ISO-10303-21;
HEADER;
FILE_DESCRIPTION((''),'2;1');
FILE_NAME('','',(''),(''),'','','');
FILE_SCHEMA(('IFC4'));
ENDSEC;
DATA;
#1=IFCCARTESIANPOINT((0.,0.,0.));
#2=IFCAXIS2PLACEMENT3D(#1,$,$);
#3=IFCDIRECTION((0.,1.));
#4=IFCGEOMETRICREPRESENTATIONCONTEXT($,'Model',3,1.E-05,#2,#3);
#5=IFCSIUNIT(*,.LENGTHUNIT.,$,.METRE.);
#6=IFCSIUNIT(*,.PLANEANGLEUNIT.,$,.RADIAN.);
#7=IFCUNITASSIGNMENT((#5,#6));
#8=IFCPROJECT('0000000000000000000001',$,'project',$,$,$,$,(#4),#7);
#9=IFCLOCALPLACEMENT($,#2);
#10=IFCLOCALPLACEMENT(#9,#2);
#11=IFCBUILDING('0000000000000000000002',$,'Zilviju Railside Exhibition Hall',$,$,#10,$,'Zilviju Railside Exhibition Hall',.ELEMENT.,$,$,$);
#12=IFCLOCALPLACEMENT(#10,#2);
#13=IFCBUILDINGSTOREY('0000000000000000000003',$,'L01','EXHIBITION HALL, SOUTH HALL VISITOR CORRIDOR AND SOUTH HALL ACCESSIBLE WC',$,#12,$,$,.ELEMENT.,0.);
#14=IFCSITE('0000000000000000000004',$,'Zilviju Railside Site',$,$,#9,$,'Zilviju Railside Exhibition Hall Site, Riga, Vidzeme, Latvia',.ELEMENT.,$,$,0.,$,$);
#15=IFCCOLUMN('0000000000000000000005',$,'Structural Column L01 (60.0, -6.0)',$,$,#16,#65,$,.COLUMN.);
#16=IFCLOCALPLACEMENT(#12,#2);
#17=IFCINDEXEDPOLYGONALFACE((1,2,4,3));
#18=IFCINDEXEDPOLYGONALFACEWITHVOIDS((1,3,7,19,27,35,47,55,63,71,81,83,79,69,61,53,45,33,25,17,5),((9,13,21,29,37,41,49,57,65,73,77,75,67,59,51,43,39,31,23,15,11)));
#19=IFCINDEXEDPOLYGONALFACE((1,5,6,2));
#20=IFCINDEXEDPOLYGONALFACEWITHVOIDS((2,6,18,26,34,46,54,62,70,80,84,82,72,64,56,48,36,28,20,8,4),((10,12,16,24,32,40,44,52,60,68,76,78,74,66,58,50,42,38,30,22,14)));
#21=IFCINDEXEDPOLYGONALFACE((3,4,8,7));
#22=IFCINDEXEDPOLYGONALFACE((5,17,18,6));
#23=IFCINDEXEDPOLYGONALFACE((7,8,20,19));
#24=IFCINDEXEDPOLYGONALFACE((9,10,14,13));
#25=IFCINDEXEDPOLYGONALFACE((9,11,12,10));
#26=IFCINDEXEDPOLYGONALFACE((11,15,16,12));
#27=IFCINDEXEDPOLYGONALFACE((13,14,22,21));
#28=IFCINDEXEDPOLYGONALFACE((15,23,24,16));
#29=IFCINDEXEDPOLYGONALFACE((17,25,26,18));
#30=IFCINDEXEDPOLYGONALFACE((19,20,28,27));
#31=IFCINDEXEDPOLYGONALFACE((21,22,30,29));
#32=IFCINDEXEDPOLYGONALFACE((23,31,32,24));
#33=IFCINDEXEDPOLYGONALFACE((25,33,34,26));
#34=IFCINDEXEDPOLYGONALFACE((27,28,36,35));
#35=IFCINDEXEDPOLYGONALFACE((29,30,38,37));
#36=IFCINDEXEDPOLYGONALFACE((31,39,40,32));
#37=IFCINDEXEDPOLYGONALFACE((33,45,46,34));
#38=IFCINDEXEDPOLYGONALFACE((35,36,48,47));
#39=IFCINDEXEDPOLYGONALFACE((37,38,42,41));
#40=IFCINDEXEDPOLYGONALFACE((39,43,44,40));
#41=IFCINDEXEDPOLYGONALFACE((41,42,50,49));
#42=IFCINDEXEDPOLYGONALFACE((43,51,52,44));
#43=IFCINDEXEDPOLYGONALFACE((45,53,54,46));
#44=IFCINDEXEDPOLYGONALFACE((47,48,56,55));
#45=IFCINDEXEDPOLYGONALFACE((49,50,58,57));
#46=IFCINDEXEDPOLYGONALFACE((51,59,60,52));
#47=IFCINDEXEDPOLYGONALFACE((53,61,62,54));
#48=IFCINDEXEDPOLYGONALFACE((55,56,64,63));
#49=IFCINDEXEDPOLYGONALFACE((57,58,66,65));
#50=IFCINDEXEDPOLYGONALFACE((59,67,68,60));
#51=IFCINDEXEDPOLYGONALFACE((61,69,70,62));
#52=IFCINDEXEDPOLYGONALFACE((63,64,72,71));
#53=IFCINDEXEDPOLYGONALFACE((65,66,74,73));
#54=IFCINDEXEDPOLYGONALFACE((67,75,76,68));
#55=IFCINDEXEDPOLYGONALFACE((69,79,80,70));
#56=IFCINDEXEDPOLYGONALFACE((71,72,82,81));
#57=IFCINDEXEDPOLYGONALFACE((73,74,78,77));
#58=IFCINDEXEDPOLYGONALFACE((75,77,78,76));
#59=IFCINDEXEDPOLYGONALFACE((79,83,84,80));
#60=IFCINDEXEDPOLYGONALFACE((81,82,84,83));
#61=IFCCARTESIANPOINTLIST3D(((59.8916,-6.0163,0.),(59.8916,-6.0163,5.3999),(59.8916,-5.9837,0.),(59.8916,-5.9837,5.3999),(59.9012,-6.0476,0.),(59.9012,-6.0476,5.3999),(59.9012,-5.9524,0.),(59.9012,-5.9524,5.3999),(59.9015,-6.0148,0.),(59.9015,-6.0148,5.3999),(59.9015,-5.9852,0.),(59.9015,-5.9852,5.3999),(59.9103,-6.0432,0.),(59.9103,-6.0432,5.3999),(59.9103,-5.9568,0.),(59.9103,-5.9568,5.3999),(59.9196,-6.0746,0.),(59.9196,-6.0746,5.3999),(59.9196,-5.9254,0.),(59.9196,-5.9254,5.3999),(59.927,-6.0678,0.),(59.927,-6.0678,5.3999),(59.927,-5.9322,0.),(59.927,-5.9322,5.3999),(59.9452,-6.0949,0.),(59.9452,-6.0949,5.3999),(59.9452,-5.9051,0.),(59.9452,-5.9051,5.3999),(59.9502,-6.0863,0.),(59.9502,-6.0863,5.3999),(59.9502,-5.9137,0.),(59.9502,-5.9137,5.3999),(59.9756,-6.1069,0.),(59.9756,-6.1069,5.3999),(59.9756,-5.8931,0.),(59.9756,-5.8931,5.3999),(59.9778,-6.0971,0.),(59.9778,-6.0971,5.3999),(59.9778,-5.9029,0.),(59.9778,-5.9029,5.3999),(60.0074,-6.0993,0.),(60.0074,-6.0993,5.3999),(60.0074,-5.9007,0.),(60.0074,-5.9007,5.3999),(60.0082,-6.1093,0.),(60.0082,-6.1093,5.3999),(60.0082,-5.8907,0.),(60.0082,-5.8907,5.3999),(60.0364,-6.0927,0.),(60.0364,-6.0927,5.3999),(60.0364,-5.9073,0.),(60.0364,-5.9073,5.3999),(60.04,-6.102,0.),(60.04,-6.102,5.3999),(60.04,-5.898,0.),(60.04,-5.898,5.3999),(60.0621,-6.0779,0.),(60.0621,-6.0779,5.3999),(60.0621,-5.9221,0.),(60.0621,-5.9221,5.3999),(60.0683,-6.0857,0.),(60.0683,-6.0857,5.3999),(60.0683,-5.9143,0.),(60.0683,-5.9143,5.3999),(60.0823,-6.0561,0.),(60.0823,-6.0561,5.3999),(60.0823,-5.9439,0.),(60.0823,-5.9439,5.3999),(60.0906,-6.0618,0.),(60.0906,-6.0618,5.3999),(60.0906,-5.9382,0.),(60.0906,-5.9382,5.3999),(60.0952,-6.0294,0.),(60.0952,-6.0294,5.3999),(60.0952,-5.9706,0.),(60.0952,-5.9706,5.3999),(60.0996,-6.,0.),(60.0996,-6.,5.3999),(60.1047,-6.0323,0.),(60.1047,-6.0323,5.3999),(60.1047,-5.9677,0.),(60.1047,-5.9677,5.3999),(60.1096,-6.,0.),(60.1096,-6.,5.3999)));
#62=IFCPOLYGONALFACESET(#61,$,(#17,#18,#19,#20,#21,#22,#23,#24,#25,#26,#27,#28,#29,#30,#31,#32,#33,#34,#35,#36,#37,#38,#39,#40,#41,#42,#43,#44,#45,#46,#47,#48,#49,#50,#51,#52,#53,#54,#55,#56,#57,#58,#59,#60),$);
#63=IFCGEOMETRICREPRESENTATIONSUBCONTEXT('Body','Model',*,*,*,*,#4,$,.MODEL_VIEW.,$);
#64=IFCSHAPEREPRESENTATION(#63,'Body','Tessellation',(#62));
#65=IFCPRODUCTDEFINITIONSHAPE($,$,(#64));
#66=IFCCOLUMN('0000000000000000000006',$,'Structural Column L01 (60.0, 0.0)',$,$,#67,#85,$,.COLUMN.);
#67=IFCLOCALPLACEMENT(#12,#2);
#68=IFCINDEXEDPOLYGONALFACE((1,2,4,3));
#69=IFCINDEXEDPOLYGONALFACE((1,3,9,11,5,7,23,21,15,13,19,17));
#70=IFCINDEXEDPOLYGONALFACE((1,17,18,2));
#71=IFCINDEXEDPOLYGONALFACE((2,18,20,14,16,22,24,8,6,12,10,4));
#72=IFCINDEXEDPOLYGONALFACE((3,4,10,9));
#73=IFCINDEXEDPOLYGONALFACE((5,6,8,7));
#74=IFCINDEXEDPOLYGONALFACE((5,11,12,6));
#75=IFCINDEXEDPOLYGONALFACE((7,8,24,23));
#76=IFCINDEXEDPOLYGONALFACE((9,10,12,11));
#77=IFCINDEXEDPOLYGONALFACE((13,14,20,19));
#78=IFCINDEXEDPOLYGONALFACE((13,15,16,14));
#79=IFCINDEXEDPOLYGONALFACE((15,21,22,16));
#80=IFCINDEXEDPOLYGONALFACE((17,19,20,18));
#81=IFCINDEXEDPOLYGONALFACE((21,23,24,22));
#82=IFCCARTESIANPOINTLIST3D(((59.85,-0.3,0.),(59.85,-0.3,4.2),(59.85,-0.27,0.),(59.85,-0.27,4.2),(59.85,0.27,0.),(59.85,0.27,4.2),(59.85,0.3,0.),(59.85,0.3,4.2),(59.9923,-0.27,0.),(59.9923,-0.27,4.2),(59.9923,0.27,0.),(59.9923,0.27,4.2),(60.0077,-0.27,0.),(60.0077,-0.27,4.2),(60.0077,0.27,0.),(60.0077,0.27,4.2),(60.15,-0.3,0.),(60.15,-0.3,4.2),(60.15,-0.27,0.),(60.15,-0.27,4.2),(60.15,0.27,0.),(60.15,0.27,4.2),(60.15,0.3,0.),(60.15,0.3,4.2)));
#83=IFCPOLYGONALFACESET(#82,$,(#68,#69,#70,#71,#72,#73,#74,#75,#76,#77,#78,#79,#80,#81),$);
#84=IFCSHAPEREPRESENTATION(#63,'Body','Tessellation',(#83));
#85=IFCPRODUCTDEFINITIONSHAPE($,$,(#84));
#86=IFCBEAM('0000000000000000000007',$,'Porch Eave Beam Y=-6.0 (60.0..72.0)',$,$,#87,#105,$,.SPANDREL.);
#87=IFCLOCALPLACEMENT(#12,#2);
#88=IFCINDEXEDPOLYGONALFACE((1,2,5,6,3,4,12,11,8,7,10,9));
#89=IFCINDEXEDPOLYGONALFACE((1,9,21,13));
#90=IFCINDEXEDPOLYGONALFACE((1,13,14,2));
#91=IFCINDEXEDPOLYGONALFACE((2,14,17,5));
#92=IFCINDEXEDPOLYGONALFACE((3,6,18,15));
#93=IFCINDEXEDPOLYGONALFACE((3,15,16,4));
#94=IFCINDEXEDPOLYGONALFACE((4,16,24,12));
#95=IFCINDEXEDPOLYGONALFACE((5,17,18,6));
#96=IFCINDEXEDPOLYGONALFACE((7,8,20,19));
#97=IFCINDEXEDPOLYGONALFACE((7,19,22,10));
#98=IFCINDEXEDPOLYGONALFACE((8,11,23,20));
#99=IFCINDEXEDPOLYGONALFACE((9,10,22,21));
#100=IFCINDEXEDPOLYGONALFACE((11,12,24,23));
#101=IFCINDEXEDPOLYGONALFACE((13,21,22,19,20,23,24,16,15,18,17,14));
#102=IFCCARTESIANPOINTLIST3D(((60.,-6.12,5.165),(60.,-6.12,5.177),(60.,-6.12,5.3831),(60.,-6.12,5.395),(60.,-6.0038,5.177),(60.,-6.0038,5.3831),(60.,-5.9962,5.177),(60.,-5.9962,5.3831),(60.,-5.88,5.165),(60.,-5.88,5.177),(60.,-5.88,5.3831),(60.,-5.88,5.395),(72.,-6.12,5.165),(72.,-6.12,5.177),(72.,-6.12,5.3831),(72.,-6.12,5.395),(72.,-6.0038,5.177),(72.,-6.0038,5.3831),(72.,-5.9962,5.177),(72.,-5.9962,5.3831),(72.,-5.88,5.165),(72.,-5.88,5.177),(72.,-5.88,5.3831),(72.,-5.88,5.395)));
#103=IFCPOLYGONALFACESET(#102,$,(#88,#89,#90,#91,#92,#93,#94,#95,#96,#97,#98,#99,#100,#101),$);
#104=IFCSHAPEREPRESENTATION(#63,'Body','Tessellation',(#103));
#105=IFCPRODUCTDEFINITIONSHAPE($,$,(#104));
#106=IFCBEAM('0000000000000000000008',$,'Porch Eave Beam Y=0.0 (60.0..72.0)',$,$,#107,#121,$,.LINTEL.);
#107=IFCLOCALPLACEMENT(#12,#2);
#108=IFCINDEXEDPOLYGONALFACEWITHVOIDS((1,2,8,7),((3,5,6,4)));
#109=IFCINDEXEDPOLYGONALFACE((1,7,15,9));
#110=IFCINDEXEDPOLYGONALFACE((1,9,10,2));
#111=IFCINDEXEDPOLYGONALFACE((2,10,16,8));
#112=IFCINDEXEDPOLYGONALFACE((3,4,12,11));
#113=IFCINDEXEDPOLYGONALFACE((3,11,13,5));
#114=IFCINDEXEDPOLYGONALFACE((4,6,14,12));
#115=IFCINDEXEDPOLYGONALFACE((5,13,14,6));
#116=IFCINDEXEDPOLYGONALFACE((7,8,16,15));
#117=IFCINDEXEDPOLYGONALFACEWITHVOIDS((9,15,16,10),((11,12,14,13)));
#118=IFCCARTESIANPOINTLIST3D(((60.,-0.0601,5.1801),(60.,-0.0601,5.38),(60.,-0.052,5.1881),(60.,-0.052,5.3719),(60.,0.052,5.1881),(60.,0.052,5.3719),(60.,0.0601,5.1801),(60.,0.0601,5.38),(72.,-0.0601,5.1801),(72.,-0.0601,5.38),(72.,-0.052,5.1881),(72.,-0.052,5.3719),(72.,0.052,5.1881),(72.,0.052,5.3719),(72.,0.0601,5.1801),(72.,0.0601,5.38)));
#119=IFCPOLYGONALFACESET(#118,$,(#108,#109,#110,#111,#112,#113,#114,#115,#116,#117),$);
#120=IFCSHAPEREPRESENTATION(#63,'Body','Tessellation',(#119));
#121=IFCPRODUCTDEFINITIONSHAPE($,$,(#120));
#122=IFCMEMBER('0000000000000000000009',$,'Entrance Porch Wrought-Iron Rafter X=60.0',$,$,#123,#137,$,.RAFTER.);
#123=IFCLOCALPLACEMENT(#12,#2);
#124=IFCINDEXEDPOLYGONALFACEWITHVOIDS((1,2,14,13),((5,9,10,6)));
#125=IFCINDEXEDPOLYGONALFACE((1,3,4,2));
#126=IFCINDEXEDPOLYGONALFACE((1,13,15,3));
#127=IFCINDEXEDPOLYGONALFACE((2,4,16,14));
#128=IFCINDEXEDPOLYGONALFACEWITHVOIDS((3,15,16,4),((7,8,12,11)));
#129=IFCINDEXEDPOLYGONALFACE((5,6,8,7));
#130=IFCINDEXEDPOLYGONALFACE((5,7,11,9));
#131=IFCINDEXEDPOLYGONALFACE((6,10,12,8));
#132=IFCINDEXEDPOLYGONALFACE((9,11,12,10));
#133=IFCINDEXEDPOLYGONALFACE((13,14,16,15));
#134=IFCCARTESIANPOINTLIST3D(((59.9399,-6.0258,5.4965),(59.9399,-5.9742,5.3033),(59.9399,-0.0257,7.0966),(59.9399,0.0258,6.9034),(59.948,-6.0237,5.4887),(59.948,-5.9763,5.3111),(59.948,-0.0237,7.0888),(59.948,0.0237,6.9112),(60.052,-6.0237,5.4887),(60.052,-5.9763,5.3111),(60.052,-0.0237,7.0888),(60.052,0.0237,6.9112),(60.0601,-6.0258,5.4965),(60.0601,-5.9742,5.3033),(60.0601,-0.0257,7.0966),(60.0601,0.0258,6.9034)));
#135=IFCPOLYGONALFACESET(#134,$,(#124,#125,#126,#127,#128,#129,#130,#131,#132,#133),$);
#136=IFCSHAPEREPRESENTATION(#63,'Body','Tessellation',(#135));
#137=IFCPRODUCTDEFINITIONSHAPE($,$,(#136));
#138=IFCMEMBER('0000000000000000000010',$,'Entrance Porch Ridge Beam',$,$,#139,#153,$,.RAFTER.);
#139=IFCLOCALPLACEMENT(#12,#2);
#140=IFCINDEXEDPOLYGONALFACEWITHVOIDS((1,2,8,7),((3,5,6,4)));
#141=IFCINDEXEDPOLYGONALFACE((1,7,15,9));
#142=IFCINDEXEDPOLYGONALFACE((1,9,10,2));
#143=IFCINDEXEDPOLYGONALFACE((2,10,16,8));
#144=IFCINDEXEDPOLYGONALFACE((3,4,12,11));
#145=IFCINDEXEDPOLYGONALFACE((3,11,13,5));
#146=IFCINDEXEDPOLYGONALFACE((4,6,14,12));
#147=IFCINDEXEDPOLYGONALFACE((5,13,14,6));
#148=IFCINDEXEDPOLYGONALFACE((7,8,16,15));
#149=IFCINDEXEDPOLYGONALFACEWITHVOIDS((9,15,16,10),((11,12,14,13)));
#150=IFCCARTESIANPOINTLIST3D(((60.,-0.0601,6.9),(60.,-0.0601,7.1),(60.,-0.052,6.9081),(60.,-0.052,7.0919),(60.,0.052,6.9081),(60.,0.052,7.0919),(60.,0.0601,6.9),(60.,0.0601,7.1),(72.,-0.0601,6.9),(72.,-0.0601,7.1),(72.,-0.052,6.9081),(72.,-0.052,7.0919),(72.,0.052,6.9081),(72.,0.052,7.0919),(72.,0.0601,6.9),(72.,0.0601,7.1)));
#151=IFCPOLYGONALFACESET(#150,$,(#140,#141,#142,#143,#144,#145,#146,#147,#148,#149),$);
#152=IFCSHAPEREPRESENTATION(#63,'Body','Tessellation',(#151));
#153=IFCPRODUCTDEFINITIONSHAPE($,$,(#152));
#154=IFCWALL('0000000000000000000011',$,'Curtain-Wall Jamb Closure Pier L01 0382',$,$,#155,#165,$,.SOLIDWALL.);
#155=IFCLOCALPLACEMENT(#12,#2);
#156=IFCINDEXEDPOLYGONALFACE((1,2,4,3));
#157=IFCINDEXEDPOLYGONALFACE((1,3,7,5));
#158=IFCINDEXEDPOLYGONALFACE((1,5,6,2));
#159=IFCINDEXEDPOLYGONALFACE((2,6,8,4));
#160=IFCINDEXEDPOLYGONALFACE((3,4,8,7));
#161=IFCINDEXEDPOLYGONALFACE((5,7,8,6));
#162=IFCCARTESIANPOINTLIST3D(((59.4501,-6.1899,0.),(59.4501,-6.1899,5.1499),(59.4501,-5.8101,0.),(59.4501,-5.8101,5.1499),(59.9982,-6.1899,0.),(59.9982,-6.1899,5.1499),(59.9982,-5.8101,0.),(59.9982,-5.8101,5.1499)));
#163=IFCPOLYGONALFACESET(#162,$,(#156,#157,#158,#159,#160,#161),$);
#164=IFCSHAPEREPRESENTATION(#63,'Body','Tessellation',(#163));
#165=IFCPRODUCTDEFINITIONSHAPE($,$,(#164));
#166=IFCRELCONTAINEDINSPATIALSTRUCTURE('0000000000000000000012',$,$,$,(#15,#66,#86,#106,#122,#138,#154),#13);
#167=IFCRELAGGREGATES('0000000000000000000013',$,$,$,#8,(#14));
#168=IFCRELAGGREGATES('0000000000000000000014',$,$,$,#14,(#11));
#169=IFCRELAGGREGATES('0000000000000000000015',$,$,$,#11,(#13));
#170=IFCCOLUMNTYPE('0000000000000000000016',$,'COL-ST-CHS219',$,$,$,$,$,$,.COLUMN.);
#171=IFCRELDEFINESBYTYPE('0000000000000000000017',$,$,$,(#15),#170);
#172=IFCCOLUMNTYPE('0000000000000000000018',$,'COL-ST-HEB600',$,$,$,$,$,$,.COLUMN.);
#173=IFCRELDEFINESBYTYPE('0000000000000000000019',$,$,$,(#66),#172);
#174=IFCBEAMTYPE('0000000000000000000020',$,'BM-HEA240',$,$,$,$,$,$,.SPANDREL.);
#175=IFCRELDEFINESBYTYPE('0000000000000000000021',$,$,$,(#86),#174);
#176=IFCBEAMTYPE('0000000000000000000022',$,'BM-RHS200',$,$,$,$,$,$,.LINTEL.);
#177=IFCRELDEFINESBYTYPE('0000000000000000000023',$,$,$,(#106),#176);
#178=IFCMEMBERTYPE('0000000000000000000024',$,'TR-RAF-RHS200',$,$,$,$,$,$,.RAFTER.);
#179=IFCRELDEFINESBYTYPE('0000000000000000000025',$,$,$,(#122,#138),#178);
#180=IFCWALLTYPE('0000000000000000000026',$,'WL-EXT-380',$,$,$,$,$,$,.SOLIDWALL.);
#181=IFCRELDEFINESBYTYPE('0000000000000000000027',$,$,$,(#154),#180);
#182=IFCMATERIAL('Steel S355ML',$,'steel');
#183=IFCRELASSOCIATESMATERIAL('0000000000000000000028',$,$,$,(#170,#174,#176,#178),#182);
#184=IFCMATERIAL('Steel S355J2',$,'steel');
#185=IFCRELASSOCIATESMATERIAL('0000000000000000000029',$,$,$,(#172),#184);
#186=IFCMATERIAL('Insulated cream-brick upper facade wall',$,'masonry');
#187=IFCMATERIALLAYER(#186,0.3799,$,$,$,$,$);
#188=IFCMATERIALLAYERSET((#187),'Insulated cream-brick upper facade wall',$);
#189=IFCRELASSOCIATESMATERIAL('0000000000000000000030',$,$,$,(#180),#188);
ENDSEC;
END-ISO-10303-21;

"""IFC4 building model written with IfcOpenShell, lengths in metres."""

from ifc_helpers import new_model, si_unit, direction, frame, frame_2d, origin, origin_2d, place, context, subcontext, project, spatial, rectangle, hollow_rectangle, hollow_circle, i_section, extrude, material, layer, layer_set, material_profile, profile_set, type_object, element, save


model = new_model("IFC4")

# Units and contexts
model_context = context("Model", 3, precision=1e-05, world=origin(), true_north=direction((0.0, 1.0)))
body_context = subcontext(model_context, "Body", "Model", "MODEL_VIEW")
ifc_project = project(units=[si_unit("LENGTHUNIT", "METRE"), si_unit("PLANEANGLEUNIT", "RADIAN")], contexts=[model_context])

# Site, building, storey
site_placement = place(None, origin())
site = spatial("IfcSite", under=ifc_project, at=site_placement, Name="Zilviju Railside Site", LongName="Zilviju Railside Exhibition Hall Site, Riga, Vidzeme, Latvia", CompositionType="ELEMENT", RefElevation=0.0)
building_placement = place(site_placement, origin())
building = spatial("IfcBuilding", under=site, at=building_placement, Name="Zilviju Railside Exhibition Hall", LongName="Zilviju Railside Exhibition Hall", CompositionType="ELEMENT")
storey_placement = place(building_placement, origin())
storey = spatial("IfcBuildingStorey", under=building, at=storey_placement, Name="L01", Description="EXHIBITION HALL, SOUTH HALL VISITOR CORRIDOR AND SOUTH HALL ACCESSIBLE WC", CompositionType="ELEMENT", Elevation=0.0)

# Columns
ifc_material_1 = material(Name="Steel S355ML", Category="steel")
ifc_material_profile_1 = material_profile(ifc_material_1, hollow_circle(Radius=0.1096, WallThickness=0.01, at=origin_2d()), Name="CHS 219.1x10.0")
ifc_profile_set_1 = profile_set([ifc_material_profile_1], Name="Steel S355ML")
column_type_1 = type_object("IfcColumnType", Name="COL-ST-CHS219", PredefinedType="COLUMN", material=ifc_profile_set_1)
column_1_placement = place(storey_placement, frame((60.0, -6.0, 0.0), z_axis=(0.0, 0.0, 1.0), x_axis=(1.0, 0.0, 0.0)))
element("IfcColumn", 1, at=column_1_placement, inside=storey, type_object=column_type_1, Name="Structural Column L01 (60.0, -6.0)", PredefinedType="COLUMN", context=body_context, shape_type="SweptSolid", body=[
    extrude(hollow_circle(Radius=0.1096, WallThickness=0.01, at=origin_2d()), origin(), (0.0, 0.0, 1.0), 5.3999),
])
ifc_material_2 = material(Name="Steel S355J2", Category="steel")
ifc_material_profile_2 = material_profile(ifc_material_2, i_section(OverallWidth=0.3, OverallDepth=0.6001, WebThickness=0.0154, FlangeThickness=0.03, at=origin_2d()), Name="HEB 600")
ifc_profile_set_2 = profile_set([ifc_material_profile_2], Name="Steel S355J2")
column_type_2 = type_object("IfcColumnType", Name="COL-ST-HEB600", PredefinedType="COLUMN", material=ifc_profile_set_2)
column_2_placement = place(storey_placement, frame((60.0, 0.0, 0.0), z_axis=(0.0, 0.0, 1.0), x_axis=(1.0, 0.0, 0.0)))
element("IfcColumn", 2, at=column_2_placement, inside=storey, type_object=column_type_2, Name="Structural Column L01 (60.0, 0.0)", PredefinedType="COLUMN", context=body_context, shape_type="SweptSolid", body=[
    extrude(i_section(OverallWidth=0.3, OverallDepth=0.6001, WebThickness=0.0154, FlangeThickness=0.03, at=origin_2d()), origin(), (0.0, 0.0, 1.0), 4.2),
])

# Beams
ifc_material_profile_3 = material_profile(ifc_material_1, i_section(OverallWidth=0.24, OverallDepth=0.23, WebThickness=0.0076, FlangeThickness=0.012, at=origin_2d()), Name="HEA 240")
ifc_profile_set_3 = profile_set([ifc_material_profile_3], Name="Steel S355ML")
beam_type_1 = type_object("IfcBeamType", Name="BM-HEA240", PredefinedType="SPANDREL", material=ifc_profile_set_3)
beam_1_placement = place(storey_placement, frame((60.0, -6.0, 5.28), z_axis=(1.0, 0.0, 0.0), x_axis=(0.0, 1.0, 0.0)))
element("IfcBeam", 3, at=beam_1_placement, inside=storey, type_object=beam_type_1, Name="Porch Eave Beam Y=-6.0 (60.0..72.0)", PredefinedType="SPANDREL", context=body_context, shape_type="SweptSolid", body=[
    extrude(i_section(OverallWidth=0.24, OverallDepth=0.23, WebThickness=0.0076, FlangeThickness=0.012, at=origin_2d()), origin(), (0.0, 0.0, 1.0), 12.0),
])
ifc_material_profile_4 = material_profile(ifc_material_1, hollow_rectangle(XDim=0.1201, YDim=0.2, WallThickness=0.0081, at=origin_2d()), Name="RHS 200x120x8.0")
ifc_profile_set_4 = profile_set([ifc_material_profile_4], Name="Steel S355ML")
beam_type_2 = type_object("IfcBeamType", Name="BM-RHS200", PredefinedType="LINTEL", material=ifc_profile_set_4)
beam_2_placement = place(storey_placement, frame((60.0, 0.0, 5.28), z_axis=(1.0, 0.0, 0.0), x_axis=(0.0, 1.0, 0.0)))
element("IfcBeam", 4, at=beam_2_placement, inside=storey, type_object=beam_type_2, Name="Porch Eave Beam Y=0.0 (60.0..72.0)", PredefinedType="LINTEL", context=body_context, shape_type="SweptSolid", body=[
    extrude(hollow_rectangle(XDim=0.1201, YDim=0.2, WallThickness=0.0081, at=origin_2d()), origin(), (0.0, 0.0, 1.0), 12.0),
])

# Members
ifc_material_profile_5 = material_profile(ifc_material_1, hollow_rectangle(XDim=0.1201, YDim=0.2, WallThickness=0.0081, at=origin_2d()), Name="RHS 200x120x8.0")
ifc_profile_set_5 = profile_set([ifc_material_profile_5], Name="Steel S355ML")
member_type = type_object("IfcMemberType", Name="TR-RAF-RHS200", PredefinedType="RAFTER", material=ifc_profile_set_5)
member_1_placement = place(storey_placement, frame((60.0, -6.0, 5.3999), z_axis=(0.0, 0.966231, 0.257677), x_axis=(-1.0, 0.0, 0.0)))
element("IfcMember", 5, at=member_1_placement, inside=storey, type_object=member_type, Name="Entrance Porch Wrought-Iron Rafter X=60.0", PredefinedType="RAFTER", context=body_context, shape_type="SweptSolid", body=[
    extrude(hollow_rectangle(XDim=0.1201, YDim=0.2, WallThickness=0.0081, at=origin_2d()), origin(), (0.0, 0.0, 1.0), 6.2097),
])
member_2_placement = place(storey_placement, frame((60.0, 0.0, 7.0), z_axis=(1.0, 0.0, 0.0), x_axis=(0.0, 1.0, 0.0)))
element("IfcMember", 6, at=member_2_placement, inside=storey, type_object=member_type, Name="Entrance Porch Ridge Beam", PredefinedType="RAFTER", context=body_context, shape_type="SweptSolid", body=[
    extrude(hollow_rectangle(XDim=0.1201, YDim=0.2, WallThickness=0.0081, at=origin_2d()), origin(), (0.0, 0.0, 1.0), 12.0),
])

# Wall
ifc_material_3 = material(Name="Insulated cream-brick upper facade wall", Category="masonry")
ifc_layer_1 = layer(ifc_material_3, 0.3799)
ifc_layer_set_1 = layer_set([ifc_layer_1], Name="Insulated cream-brick upper facade wall")
wall_type_1 = type_object("IfcWallType", Name="WL-EXT-380", PredefinedType="SOLIDWALL", material=ifc_layer_set_1)
wall_1_placement = place(storey_placement, frame((59.998, -6.0, 0.0), z_axis=(0.0, 0.0, 1.0), x_axis=(-1.0, 0.0, 0.0)))
element("IfcWall", 7, at=wall_1_placement, inside=storey, type_object=wall_type_1, Name="Curtain-Wall Jamb Closure Pier L01 0382", PredefinedType="SOLIDWALL", context=body_context, shape_type="SweptSolid", body=[
    extrude(rectangle(XDim=0.5481, YDim=0.3799, at=frame_2d((0.2739, 0.0))), origin(), (0.0, 0.0, 1.0), 5.1499),
])

save(model, "model.ifc")
